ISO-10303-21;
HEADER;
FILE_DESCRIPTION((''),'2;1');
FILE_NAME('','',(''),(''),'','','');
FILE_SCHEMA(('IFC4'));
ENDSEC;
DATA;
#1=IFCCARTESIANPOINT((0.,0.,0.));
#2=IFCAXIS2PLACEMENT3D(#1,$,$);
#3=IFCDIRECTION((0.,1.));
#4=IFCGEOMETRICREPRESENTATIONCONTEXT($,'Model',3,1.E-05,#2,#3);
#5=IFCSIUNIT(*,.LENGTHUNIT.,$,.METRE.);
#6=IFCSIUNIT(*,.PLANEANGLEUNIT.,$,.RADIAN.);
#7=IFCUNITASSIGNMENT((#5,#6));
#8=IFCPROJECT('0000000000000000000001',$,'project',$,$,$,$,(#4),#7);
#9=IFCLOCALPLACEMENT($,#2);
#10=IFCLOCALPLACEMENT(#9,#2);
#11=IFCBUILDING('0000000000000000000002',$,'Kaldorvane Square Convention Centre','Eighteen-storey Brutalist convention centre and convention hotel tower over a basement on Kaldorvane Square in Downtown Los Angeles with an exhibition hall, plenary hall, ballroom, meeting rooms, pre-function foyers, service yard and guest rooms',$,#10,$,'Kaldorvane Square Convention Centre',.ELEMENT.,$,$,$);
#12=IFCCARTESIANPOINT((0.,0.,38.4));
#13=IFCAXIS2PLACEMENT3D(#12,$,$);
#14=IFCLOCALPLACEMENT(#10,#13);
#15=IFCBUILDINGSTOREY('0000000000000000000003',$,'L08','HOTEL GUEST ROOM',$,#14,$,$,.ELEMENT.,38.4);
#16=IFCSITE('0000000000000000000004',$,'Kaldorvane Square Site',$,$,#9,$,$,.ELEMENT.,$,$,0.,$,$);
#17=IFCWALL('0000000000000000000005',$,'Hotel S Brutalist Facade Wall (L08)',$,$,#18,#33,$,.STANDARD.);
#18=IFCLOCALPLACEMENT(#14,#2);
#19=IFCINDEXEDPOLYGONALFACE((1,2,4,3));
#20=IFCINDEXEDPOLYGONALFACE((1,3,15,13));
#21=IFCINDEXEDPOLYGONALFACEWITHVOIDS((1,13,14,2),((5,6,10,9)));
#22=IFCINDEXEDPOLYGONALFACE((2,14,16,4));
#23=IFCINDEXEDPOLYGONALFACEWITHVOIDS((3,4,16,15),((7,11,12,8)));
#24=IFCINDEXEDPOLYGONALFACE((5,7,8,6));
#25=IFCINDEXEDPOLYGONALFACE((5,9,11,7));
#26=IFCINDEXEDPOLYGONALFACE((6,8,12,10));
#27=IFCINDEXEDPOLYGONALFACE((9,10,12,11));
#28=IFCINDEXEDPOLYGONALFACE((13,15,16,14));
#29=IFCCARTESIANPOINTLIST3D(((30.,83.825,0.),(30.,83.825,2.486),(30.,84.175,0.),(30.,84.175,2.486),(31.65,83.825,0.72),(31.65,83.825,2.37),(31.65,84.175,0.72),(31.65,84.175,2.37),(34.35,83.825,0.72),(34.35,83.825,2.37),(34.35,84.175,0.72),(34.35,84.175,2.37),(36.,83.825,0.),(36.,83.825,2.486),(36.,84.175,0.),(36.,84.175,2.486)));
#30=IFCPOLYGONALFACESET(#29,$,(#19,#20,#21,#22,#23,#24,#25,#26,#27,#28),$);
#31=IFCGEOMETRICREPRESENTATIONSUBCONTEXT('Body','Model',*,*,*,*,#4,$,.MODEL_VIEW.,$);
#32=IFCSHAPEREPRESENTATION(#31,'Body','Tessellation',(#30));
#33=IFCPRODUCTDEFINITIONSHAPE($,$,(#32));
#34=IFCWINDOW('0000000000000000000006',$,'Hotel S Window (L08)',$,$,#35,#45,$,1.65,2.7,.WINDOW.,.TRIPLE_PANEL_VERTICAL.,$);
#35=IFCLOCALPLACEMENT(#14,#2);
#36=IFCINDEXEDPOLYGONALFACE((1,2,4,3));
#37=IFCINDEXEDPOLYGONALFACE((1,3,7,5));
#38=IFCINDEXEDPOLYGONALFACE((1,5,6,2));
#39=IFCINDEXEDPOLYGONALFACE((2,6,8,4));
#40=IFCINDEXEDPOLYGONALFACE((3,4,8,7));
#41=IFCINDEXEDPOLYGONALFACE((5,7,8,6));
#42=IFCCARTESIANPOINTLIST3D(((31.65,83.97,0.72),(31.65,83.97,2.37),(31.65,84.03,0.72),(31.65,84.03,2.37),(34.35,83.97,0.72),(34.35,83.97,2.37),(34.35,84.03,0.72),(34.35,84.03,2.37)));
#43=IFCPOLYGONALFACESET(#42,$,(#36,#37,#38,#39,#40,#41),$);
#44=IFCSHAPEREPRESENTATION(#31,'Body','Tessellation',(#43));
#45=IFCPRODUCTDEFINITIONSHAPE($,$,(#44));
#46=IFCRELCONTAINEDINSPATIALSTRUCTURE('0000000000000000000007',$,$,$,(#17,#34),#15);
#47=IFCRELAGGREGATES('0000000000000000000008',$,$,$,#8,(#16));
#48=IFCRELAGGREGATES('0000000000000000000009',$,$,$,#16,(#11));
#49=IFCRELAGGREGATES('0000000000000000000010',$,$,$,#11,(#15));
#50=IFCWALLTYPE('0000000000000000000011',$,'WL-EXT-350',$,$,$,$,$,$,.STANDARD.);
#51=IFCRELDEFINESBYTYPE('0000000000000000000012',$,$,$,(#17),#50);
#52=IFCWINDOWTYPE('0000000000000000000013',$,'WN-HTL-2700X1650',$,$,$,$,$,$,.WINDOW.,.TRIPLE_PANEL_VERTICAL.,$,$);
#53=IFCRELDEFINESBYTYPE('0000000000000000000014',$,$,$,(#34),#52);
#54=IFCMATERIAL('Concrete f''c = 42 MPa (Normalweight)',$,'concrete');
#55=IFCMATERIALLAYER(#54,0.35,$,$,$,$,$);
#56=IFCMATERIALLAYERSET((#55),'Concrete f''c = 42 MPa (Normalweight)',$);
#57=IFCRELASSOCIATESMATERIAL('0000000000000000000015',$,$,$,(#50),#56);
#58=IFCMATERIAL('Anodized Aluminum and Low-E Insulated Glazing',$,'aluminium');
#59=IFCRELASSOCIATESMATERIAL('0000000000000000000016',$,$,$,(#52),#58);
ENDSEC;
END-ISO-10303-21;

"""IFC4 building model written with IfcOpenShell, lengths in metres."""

from ifc_helpers import new_model, si_unit, direction, frame, frame_2d, origin, place, context, subcontext, project, spatial, rectangle, extrude, material, layer, layer_set, type_object, element, fill, save


model = new_model("IFC4")

# Units and contexts
model_context = context("Model", 3, precision=1e-05, world=origin(), true_north=direction((0.0, 1.0)))
body_context = subcontext(model_context, "Body", "Model", "MODEL_VIEW")
ifc_project = project(units=[si_unit("LENGTHUNIT", "METRE"), si_unit("PLANEANGLEUNIT", "RADIAN")], contexts=[model_context])

# Site, building, storey
site_placement = place(None, origin())
site = spatial("IfcSite", under=ifc_project, at=site_placement, Name="Kaldorvane Square Site", CompositionType="ELEMENT", RefElevation=0.0)
building_placement = place(site_placement, origin())
building = spatial("IfcBuilding", under=site, at=building_placement, Name="Kaldorvane Square Convention Centre", Description="Eighteen-storey Brutalist convention centre and convention hotel tower over a basement on Kaldorvane Square in Downtown Los Angeles with an exhibition hall, plenary hall, ballroom, meeting rooms, pre-function foyers, service yard and guest rooms", LongName="Kaldorvane Square Convention Centre", CompositionType="ELEMENT")
storey_placement = place(building_placement, frame((0.0, 0.0, 38.4)))
storey = spatial("IfcBuildingStorey", under=building, at=storey_placement, Name="L08", Description="HOTEL GUEST ROOM", CompositionType="ELEMENT", Elevation=38.4)

# Shared definitions
ifc_material_1 = material(Name="Concrete f'c = 42 MPa (Normalweight)", Category="concrete")

# Wall, opening, window
ifc_layer_1 = layer(ifc_material_1, 0.35)
ifc_layer_set_1 = layer_set([ifc_layer_1], Name="Concrete f'c = 42 MPa (Normalweight)")
wall_type = type_object("IfcWallType", Name="WL-EXT-350", PredefinedType="STANDARD", material=ifc_layer_set_1)
ifc_material_2 = material(Name="Anodized Aluminum and Low-E Insulated Glazing", Category="aluminium")
window_type = type_object("IfcWindowType", Name="WN-HTL-2700X1650", PartitioningType="TRIPLE_PANEL_VERTICAL", PredefinedType="WINDOW", material=ifc_material_2)
wall_1_placement = place(storey_placement, frame((30.0, 84.0, 0.0), z_axis=(0.0, 0.0, 1.0), x_axis=(1.0, 0.0, 0.0)))
wall_1 = element("IfcWall", 1, at=wall_1_placement, inside=storey, type_object=wall_type, Name="Hotel S Brutalist Facade Wall (L08)", PredefinedType="STANDARD", context=body_context, shape_type="SweptSolid", body=[
    extrude(rectangle(XDim=6.0, YDim=0.35, at=frame_2d((3.0, 0.0))), origin(), (0.0, 0.0, 1.0), 2.486),
])
opening_1_placement = place(wall_1_placement, frame((1.65, 0.0, 0.72)))
opening_1 = element("IfcOpeningElement", 2, at=opening_1_placement, cuts=wall_1, PredefinedType="OPENING", context=body_context, shape_type="SweptSolid", body=[
    extrude(rectangle(XDim=2.7, YDim=1.65, at=frame_2d((1.35, 0.825))), frame((0.0, 0.19, 0.0), z_axis=(0.0, -1.0, 0.0), x_axis=(1.0, 0.0, 0.0)), (0.0, 0.0, 1.0), 0.38),
])
window_1_placement = place(opening_1_placement, origin())
window_1 = element("IfcWindow", 3, at=window_1_placement, inside=storey, type_object=window_type, Name="Hotel S Window (L08)", OverallHeight=1.65, OverallWidth=2.7, PartitioningType="TRIPLE_PANEL_VERTICAL", PredefinedType="WINDOW", context=body_context, shape_type="SweptSolid", body=[
    extrude(rectangle(XDim=2.7, YDim=1.65, at=frame_2d((1.35, 0.825))), frame((0.0, 0.03, 0.0), z_axis=(0.0, -1.0, 0.0), x_axis=(1.0, 0.0, 0.0)), (0.0, 0.0, 1.0), 0.06),
])
fill(opening_1, window_1)

save(model, "model.ifc")
